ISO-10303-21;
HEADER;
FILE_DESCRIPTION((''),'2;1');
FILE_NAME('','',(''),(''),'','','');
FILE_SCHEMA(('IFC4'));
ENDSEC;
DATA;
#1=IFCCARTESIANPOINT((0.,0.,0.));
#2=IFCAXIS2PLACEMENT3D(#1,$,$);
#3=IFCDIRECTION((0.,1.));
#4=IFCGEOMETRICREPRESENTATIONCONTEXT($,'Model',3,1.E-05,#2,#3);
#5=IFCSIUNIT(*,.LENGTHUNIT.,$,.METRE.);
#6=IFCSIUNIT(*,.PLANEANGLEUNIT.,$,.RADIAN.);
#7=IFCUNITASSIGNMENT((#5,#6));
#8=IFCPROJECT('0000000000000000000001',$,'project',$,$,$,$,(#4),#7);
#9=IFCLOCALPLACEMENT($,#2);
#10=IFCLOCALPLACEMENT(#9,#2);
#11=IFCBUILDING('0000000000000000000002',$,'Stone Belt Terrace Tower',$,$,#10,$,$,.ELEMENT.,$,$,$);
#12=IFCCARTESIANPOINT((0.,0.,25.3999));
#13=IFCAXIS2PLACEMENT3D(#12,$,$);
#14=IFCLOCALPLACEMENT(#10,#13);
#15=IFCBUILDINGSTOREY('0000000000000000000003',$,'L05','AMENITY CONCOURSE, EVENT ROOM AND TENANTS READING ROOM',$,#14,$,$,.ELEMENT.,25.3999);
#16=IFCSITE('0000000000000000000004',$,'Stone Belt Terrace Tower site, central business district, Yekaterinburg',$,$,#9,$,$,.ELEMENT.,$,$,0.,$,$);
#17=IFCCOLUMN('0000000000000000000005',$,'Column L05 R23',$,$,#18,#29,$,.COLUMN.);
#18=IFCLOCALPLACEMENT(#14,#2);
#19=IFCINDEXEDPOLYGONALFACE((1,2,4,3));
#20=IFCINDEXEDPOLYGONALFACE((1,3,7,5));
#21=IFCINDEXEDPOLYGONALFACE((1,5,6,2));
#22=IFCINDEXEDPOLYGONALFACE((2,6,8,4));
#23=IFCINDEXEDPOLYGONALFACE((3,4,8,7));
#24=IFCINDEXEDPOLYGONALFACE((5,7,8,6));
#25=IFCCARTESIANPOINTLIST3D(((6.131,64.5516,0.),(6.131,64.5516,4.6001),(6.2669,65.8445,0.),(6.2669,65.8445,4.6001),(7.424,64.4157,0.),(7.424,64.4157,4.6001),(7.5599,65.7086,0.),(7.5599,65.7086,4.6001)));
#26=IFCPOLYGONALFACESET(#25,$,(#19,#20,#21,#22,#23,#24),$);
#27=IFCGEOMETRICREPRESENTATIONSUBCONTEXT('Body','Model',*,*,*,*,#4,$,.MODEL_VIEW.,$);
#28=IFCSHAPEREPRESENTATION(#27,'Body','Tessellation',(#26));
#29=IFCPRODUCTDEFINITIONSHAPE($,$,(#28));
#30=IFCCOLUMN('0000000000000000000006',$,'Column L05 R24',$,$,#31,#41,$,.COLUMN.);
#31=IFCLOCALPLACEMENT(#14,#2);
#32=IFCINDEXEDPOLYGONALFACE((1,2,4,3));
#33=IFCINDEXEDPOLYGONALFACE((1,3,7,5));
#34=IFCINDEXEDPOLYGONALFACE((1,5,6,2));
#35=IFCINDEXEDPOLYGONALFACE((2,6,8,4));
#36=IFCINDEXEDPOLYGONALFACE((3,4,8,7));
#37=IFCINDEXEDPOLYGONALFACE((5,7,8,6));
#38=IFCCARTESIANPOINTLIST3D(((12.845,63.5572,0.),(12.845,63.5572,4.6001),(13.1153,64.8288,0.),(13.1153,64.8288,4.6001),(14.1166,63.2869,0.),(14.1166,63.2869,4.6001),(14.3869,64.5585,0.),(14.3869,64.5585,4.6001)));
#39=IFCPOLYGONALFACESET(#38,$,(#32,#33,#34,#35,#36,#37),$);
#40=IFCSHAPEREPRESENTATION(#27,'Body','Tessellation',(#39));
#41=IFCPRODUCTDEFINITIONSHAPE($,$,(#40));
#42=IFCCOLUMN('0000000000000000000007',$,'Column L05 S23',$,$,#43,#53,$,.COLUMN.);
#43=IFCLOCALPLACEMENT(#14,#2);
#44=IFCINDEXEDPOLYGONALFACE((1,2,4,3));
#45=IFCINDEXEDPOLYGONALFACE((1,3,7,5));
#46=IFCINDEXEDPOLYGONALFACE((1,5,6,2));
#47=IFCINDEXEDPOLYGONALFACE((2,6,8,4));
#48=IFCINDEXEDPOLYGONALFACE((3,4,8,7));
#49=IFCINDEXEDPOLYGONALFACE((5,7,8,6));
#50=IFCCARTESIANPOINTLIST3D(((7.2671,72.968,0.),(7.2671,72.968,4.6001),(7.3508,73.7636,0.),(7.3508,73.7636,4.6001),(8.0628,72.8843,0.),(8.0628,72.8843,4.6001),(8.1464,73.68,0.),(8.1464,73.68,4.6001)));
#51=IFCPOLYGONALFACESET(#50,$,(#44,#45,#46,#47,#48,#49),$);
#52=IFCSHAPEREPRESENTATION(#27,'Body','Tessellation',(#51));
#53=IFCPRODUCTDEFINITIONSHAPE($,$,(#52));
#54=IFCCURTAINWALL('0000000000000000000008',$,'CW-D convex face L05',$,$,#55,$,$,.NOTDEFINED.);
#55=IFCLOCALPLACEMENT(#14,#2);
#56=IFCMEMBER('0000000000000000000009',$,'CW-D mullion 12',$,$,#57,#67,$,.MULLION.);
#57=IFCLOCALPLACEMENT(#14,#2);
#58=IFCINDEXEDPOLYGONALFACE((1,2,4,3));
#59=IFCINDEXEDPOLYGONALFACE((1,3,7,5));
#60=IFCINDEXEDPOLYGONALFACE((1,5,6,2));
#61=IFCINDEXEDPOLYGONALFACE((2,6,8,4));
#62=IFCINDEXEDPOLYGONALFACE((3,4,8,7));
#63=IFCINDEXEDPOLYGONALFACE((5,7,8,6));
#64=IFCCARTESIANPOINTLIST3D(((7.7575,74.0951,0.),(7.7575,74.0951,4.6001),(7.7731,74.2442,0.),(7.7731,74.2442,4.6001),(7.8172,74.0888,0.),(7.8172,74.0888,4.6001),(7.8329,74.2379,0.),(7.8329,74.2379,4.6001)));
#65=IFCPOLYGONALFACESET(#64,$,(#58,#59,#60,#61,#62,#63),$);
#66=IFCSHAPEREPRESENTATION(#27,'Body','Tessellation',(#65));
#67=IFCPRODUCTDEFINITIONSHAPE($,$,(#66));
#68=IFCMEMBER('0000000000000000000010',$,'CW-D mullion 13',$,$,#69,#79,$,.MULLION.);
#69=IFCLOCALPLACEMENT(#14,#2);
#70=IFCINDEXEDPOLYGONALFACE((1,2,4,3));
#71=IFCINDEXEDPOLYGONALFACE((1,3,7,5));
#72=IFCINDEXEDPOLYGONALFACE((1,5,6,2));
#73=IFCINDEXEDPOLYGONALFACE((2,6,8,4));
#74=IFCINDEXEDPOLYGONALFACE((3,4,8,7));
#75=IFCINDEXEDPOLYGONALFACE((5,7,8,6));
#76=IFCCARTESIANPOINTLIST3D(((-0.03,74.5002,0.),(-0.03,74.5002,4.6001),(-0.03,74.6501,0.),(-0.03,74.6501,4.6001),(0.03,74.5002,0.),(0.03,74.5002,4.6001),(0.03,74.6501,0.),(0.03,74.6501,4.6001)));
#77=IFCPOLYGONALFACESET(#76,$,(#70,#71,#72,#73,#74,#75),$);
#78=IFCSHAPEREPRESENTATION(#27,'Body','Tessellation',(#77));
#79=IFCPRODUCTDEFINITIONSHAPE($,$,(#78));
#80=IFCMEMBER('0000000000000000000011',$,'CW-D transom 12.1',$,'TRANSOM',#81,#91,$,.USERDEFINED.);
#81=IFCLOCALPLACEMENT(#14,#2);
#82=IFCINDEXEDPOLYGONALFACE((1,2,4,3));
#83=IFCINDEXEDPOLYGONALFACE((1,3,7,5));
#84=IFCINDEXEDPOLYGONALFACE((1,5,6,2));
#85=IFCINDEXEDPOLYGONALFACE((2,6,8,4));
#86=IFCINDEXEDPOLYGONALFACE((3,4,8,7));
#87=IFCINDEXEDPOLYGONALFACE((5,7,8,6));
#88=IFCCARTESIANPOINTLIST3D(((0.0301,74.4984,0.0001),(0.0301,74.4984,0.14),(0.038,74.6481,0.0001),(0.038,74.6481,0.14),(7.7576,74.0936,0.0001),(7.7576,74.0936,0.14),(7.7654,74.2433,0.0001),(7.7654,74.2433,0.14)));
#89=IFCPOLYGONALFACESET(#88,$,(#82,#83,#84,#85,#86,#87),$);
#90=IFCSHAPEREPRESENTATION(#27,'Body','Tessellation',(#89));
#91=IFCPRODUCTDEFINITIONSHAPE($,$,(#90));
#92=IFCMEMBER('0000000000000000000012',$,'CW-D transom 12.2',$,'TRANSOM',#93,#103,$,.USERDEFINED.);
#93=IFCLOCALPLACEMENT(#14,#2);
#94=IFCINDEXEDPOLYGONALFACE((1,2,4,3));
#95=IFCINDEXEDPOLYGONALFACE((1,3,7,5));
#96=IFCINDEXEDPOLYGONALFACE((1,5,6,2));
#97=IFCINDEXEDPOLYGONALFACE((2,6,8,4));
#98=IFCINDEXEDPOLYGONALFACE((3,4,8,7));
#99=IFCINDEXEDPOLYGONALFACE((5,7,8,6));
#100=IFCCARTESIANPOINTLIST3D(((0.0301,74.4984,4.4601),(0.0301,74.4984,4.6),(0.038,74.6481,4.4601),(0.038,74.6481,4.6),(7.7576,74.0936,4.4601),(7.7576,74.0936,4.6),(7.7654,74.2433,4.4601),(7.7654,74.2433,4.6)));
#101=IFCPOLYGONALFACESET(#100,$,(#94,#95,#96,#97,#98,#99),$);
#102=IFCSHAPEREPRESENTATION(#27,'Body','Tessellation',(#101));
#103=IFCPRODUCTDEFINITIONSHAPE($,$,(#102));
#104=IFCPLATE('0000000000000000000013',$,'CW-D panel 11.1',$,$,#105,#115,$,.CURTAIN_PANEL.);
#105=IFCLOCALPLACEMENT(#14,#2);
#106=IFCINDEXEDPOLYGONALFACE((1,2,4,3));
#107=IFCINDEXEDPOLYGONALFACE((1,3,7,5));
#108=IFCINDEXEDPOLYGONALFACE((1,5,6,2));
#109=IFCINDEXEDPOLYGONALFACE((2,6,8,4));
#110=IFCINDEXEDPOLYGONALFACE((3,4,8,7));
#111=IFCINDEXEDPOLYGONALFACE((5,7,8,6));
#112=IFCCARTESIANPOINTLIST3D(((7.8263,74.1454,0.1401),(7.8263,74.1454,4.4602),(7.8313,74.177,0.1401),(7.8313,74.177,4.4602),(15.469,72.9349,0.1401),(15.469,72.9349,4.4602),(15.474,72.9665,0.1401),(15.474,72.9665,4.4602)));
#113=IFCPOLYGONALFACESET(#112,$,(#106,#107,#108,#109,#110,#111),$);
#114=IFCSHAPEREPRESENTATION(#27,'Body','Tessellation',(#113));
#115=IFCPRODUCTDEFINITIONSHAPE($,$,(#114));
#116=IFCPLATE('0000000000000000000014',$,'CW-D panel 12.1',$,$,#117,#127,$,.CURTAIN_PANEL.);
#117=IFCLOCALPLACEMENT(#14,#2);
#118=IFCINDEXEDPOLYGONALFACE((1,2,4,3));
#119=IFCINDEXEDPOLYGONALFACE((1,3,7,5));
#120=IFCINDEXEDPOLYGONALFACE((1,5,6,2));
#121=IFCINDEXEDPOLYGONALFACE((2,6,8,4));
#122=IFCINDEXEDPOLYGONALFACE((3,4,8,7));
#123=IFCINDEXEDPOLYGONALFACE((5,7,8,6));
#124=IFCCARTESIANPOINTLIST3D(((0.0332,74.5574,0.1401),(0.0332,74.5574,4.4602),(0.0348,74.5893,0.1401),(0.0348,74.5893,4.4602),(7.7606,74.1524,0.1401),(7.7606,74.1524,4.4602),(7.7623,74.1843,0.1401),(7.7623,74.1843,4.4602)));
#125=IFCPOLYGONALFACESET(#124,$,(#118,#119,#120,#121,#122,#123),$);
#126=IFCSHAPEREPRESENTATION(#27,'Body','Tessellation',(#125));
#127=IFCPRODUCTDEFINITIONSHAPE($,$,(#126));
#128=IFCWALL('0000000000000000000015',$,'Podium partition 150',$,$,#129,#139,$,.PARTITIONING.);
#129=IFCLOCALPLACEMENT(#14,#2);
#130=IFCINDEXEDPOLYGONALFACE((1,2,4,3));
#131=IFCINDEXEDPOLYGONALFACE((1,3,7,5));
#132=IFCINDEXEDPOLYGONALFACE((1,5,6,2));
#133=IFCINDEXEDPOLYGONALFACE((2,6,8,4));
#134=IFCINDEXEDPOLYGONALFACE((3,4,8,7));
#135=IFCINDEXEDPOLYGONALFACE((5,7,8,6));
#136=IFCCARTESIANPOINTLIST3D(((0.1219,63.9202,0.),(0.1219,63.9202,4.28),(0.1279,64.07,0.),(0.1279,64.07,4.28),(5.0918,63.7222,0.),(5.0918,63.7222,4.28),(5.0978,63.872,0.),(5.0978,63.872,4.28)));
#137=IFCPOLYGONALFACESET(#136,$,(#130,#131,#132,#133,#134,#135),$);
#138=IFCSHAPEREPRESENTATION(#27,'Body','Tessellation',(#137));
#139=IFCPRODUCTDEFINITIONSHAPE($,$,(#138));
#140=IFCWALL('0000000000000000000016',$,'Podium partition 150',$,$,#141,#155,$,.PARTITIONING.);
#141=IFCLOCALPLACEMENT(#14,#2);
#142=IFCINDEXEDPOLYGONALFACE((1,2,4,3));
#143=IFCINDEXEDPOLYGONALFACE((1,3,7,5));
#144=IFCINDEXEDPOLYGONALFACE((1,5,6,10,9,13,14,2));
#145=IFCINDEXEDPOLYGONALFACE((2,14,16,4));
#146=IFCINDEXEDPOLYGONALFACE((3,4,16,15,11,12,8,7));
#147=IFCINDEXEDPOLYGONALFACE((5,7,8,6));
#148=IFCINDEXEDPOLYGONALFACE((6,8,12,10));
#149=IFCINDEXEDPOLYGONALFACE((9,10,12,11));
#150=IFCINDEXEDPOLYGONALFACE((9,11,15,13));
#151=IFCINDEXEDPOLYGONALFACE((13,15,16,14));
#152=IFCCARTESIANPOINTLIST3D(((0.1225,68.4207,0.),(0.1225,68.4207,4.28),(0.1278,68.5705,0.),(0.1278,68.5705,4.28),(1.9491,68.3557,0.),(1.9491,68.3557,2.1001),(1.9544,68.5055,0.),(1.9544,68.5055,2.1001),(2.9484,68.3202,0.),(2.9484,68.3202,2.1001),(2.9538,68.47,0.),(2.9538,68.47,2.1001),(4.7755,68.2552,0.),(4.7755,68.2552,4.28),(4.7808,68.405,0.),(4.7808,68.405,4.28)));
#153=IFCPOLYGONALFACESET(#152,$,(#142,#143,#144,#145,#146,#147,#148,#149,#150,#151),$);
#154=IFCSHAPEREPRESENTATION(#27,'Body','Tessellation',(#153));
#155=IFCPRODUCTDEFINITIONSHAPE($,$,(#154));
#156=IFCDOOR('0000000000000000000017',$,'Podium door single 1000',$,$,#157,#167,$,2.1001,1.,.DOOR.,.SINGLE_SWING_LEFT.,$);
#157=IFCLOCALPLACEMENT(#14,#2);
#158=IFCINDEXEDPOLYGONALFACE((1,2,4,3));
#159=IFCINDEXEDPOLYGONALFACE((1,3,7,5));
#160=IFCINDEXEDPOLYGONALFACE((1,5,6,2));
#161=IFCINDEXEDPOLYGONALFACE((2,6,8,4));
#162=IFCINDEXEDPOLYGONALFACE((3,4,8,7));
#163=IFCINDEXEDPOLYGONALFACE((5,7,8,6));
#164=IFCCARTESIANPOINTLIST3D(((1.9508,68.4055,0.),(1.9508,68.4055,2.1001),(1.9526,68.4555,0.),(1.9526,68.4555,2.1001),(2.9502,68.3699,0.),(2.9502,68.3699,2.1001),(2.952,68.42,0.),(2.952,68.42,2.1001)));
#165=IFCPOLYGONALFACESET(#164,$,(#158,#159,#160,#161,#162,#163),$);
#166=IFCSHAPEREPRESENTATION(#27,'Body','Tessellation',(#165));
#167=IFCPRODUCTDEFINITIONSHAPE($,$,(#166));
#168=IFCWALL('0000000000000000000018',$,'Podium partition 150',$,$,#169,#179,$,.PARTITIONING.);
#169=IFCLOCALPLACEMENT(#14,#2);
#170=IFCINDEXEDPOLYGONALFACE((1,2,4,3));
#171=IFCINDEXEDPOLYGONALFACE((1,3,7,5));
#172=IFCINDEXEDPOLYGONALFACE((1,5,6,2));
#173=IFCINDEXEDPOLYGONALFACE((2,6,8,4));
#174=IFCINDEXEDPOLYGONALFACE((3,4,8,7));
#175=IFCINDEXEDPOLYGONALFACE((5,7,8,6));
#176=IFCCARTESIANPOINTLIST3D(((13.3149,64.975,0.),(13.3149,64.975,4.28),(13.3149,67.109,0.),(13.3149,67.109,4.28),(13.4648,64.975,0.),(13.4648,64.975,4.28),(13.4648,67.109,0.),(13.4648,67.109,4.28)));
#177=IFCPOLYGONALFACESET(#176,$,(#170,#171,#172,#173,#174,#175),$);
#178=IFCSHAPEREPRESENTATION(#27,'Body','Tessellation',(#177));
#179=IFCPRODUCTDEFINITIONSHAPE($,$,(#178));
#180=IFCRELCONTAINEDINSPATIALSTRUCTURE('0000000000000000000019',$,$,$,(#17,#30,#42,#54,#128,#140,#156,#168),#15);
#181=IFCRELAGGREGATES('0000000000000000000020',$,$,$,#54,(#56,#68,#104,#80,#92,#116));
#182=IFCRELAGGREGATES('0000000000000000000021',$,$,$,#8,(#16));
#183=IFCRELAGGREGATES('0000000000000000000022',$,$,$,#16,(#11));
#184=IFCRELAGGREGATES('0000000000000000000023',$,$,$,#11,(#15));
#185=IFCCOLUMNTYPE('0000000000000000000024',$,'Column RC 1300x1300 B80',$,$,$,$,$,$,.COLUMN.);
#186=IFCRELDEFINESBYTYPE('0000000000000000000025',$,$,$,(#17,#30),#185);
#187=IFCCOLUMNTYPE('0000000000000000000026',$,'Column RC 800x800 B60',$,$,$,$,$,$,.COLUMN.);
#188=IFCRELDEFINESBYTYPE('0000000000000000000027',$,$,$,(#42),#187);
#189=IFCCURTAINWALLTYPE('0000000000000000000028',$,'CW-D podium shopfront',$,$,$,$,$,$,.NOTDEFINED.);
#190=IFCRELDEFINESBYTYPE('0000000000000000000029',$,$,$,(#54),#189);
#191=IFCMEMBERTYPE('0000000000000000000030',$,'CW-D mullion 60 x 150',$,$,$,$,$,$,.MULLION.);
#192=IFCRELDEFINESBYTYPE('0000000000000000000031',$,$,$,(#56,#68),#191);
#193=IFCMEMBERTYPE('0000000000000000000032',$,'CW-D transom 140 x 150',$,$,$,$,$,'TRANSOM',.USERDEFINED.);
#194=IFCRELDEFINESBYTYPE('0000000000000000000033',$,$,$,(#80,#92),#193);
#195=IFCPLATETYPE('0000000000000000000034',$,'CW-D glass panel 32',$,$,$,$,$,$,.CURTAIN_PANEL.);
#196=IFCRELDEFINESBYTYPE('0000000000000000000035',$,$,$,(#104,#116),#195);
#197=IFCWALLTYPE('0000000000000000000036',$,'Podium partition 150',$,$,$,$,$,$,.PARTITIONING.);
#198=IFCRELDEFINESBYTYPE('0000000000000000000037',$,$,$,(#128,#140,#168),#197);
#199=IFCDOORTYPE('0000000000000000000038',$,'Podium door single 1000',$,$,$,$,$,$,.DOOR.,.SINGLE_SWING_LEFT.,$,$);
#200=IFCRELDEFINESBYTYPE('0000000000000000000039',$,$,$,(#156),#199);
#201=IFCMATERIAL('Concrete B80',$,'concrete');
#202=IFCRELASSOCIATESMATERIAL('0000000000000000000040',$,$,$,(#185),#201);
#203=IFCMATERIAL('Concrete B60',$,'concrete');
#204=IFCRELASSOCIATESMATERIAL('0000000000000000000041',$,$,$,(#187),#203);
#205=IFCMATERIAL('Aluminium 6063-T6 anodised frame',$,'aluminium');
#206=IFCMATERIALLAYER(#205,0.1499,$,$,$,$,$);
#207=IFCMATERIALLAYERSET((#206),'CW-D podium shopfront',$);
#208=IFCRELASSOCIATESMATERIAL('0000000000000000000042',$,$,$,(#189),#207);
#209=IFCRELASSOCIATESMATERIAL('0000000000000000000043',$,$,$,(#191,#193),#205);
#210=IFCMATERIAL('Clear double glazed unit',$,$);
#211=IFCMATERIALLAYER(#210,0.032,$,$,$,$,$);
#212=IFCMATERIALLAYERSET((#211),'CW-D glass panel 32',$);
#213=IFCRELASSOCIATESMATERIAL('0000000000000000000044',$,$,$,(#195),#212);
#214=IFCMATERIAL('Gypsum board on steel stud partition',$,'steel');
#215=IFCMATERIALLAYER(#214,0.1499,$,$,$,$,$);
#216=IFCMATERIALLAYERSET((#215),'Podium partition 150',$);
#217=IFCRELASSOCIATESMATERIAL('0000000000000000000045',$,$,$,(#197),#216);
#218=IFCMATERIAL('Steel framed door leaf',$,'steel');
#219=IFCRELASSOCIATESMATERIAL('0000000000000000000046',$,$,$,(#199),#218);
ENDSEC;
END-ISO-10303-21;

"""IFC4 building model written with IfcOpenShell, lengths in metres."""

from ifc_helpers import new_model, si_unit, direction, frame, frame_2d, origin, origin_2d, place, context, subcontext, project, spatial, rectangle, extrude, material, layer, layer_set, material_profile, profile_set, type_object, element, fill, aggregate, save


model = new_model("IFC4")

# Units and contexts
model_context = context("Model", 3, precision=1e-05, world=origin(), true_north=direction((0.0, 1.0)))
body_context = subcontext(model_context, "Body", "Model", "MODEL_VIEW")
ifc_project = project(units=[si_unit("LENGTHUNIT", "METRE"), si_unit("PLANEANGLEUNIT", "RADIAN")], contexts=[model_context])

# Site, building, storey
site_placement = place(None, origin())
site = spatial("IfcSite", under=ifc_project, at=site_placement, Name="Stone Belt Terrace Tower site, central business district, Yekaterinburg", CompositionType="ELEMENT", RefElevation=0.0)
building_placement = place(site_placement, origin())
building = spatial("IfcBuilding", under=site, at=building_placement, Name="Stone Belt Terrace Tower", CompositionType="ELEMENT")
storey_placement = place(building_placement, frame((0.0, 0.0, 25.3999)))
storey = spatial("IfcBuildingStorey", under=building, at=storey_placement, Name="L05", Description="AMENITY CONCOURSE, EVENT ROOM AND TENANTS READING ROOM", CompositionType="ELEMENT", Elevation=25.3999)

# Columns
ifc_material_1 = material(Name="Concrete B80", Category="concrete")
ifc_material_profile_1 = material_profile(ifc_material_1, rectangle(XDim=1.3, YDim=1.3, at=origin_2d()), Name="RC 1300x1300")
ifc_profile_set_1 = profile_set([ifc_material_profile_1], Name="Concrete B80")
column_type_1 = type_object("IfcColumnType", Name="Column RC 1300x1300 B80", PredefinedType="COLUMN", material=ifc_profile_set_1)
for number, where, z_axis, x_axis, name in (
    (1, (6.8455, 65.1301, 0.0), (0.0, 0.0, 1.0), (0.994522, -0.104528, 0.0), "Column L05 R23"),
    (2, (13.616, 64.0579, 0.0), (0.0, 0.0, 1.0), (0.978148, -0.207912, 0.0), "Column L05 R24"),
):
    element("IfcColumn", number, at=place(storey_placement, frame(where, z_axis=z_axis, x_axis=x_axis)), inside=storey, type_object=column_type_1, Name=name, PredefinedType="COLUMN", context=body_context, shape_type="SweptSolid", body=[
        extrude(rectangle(XDim=1.3, YDim=1.3, at=origin_2d()), origin(), (0.0, 0.0, 1.0), 4.6001),
    ])
ifc_material_2 = material(Name="Concrete B60", Category="concrete")
ifc_material_profile_2 = material_profile(ifc_material_2, rectangle(XDim=0.8, YDim=0.8, at=origin_2d()), Name="RC 800x800")
ifc_profile_set_2 = profile_set([ifc_material_profile_2], Name="Concrete B60")
column_type_2 = type_object("IfcColumnType", Name="Column RC 800x800 B60", PredefinedType="COLUMN", material=ifc_profile_set_2)
column_placement = place(storey_placement, frame((7.7068, 73.324, 0.0), z_axis=(0.0, 0.0, 1.0), x_axis=(0.994522, -0.104528, 0.0)))
element("IfcColumn", 3, at=column_placement, inside=storey, type_object=column_type_2, Name="Column L05 S23", PredefinedType="COLUMN", context=body_context, shape_type="SweptSolid", body=[
    extrude(rectangle(XDim=0.8, YDim=0.8, at=origin_2d()), origin(), (0.0, 0.0, 1.0), 4.6001),
])

# Curtain wall, members, plates
ifc_material_3 = material(Name="Aluminium 6063-T6 anodised frame", Category="aluminium")
ifc_layer_1 = layer(ifc_material_3, 0.1499)
ifc_layer_set_1 = layer_set([ifc_layer_1], Name="CW-D podium shopfront")
curtain_wall_type = type_object("IfcCurtainWallType", Name="CW-D podium shopfront", PredefinedType="NOTDEFINED", material=ifc_layer_set_1)
curtain_wall_placement = place(storey_placement, origin())
curtain_wall = element("IfcCurtainWall", 4, at=curtain_wall_placement, inside=storey, type_object=curtain_wall_type, Name="CW-D convex face L05", PredefinedType="NOTDEFINED")
ifc_material_profile_3 = material_profile(ifc_material_3, rectangle(XDim=0.1499, YDim=0.0601, at=origin_2d()), Name="Aluminium 6063-T6 60x150")
ifc_profile_set_3 = profile_set([ifc_material_profile_3], Name="Aluminium 6063-T6 anodised frame")
member_type_1 = type_object("IfcMemberType", Name="CW-D mullion 60 x 150", PredefinedType="MULLION", material=ifc_profile_set_3)
member_1_placement = place(storey_placement, frame((7.7952, 74.1665, 0.0), z_axis=(0.0, 0.0, 1.0), x_axis=(-0.104528, -0.994522, 0.0)))
member_1 = element("IfcMember", 5, at=member_1_placement, type_object=member_type_1, Name="CW-D mullion 12", PredefinedType="MULLION", context=body_context, shape_type="SweptSolid", body=[
    extrude(rectangle(XDim=0.1499, YDim=0.0601, at=origin_2d()), origin(), (0.0, 0.0, 1.0), 4.6001),
])
member_2_placement = place(storey_placement, frame((0.0, 74.5752, 0.0), z_axis=(0.0, 0.0, 1.0), x_axis=(0.0, -1.0, 0.0)))
member_2 = element("IfcMember", 6, at=member_2_placement, type_object=member_type_1, Name="CW-D mullion 13", PredefinedType="MULLION", context=body_context, shape_type="SweptSolid", body=[
    extrude(rectangle(XDim=0.1499, YDim=0.0601, at=origin_2d()), origin(), (0.0, 0.0, 1.0), 4.6001),
])
ifc_material_profile_4 = material_profile(ifc_material_3, rectangle(XDim=0.1499, YDim=0.1399, at=origin_2d()), Name="Aluminium 6063-T6 150x140")
ifc_profile_set_4 = profile_set([ifc_material_profile_4], Name="Aluminium 6063-T6 anodised frame")
member_type_2 = type_object("IfcMemberType", Name="CW-D transom 140 x 150", ElementType="TRANSOM", PredefinedType="USERDEFINED", material=ifc_profile_set_4)
member_3_placement = place(storey_placement, frame((7.7615, 74.1685, 0.0701), z_axis=(-0.998631, 0.05231, 0.0), x_axis=(-0.05231, -0.998631, 0.0)))
member_3 = element("IfcMember", 7, at=member_3_placement, type_object=member_type_2, Name="CW-D transom 12.1", ObjectType="TRANSOM", PredefinedType="USERDEFINED", context=body_context, shape_type="SweptSolid", body=[
    extrude(rectangle(XDim=0.1499, YDim=0.1399, at=origin_2d()), origin(), (0.0, 0.0, 1.0), 7.738),
])
member_4_placement = place(storey_placement, frame((7.7615, 74.1685, 4.53), z_axis=(-0.998631, 0.05231, 0.0), x_axis=(-0.05231, -0.998631, 0.0)))
member_4 = element("IfcMember", 8, at=member_4_placement, type_object=member_type_2, Name="CW-D transom 12.2", ObjectType="TRANSOM", PredefinedType="USERDEFINED", context=body_context, shape_type="SweptSolid", body=[
    extrude(rectangle(XDim=0.1499, YDim=0.1399, at=origin_2d()), origin(), (0.0, 0.0, 1.0), 7.738),
])
ifc_material_4 = material(Name="Clear double glazed unit")
ifc_layer_2 = layer(ifc_material_4, 0.032)
ifc_layer_set_2 = layer_set([ifc_layer_2], Name="CW-D glass panel 32")
plate_type = type_object("IfcPlateType", Name="CW-D glass panel 32", PredefinedType="CURTAIN_PANEL", material=ifc_layer_set_2)
plate_1_placement = place(storey_placement, frame((11.6501, 73.5559, 0.1401), z_axis=(0.0, 0.0, 1.0), x_axis=(-0.987688, 0.156434, 0.0)))
plate_1 = element("IfcPlate", 9, at=plate_1_placement, type_object=plate_type, Name="CW-D panel 11.1", PredefinedType="CURTAIN_PANEL", context=body_context, shape_type="SweptSolid", body=[
    extrude(rectangle(XDim=7.738, YDim=0.032, at=origin_2d()), origin(), (0.0, 0.0, 1.0), 4.3201),
])
plate_2_placement = place(storey_placement, frame((3.8977, 74.3708, 0.1401), z_axis=(0.0, 0.0, 1.0), x_axis=(-0.99863, 0.052336, 0.0)))
plate_2 = element("IfcPlate", 10, at=plate_2_placement, type_object=plate_type, Name="CW-D panel 12.1", PredefinedType="CURTAIN_PANEL", context=body_context, shape_type="SweptSolid", body=[
    extrude(rectangle(XDim=7.738, YDim=0.032, at=origin_2d()), origin(), (0.0, 0.0, 1.0), 4.3201),
])
aggregate(curtain_wall, [member_1, member_2, plate_1, member_3, member_4, plate_2])

# Wall
ifc_material_5 = material(Name="Gypsum board on steel stud partition", Category="steel")
ifc_layer_3 = layer(ifc_material_5, 0.1499)
ifc_layer_set_3 = layer_set([ifc_layer_3], Name="Podium partition 150")
wall_type_1 = type_object("IfcWallType", Name="Podium partition 150", PredefinedType="PARTITIONING", material=ifc_layer_set_3)
wall_1_placement = place(storey_placement, frame((0.125, 63.9951, 0.0), z_axis=(0.0, 0.0, 1.0), x_axis=(0.999207, -0.039807, 0.0)))
element("IfcWall", 11, at=wall_1_placement, inside=storey, type_object=wall_type_1, Name="Podium partition 150", PredefinedType="PARTITIONING", context=body_context, shape_type="SweptSolid", body=[
    extrude(rectangle(XDim=4.9739, YDim=0.1499, at=frame_2d((2.4868, 0.0))), origin(), (0.0, 0.0, 1.0), 4.28),
])

# Wall, opening, door
wall_2_placement = place(storey_placement, frame((0.125, 68.4956, 0.0), z_axis=(0.0, 0.0, 1.0), x_axis=(0.999368, -0.035551, 0.0)))
wall_2 = element("IfcWall", 12, at=wall_2_placement, inside=storey, type_object=wall_type_1, Name="Podium partition 150", PredefinedType="PARTITIONING", context=body_context, shape_type="SweptSolid", body=[
    extrude(rectangle(XDim=4.656, YDim=0.1499, at=frame_2d((2.3281, 0.0))), origin(), (0.0, 0.0, 1.0), 4.28),
])
opening_1_placement = place(wall_2_placement, frame((1.8279, 0.0, 0.0)))
opening_1 = element("IfcOpeningElement", 13, at=opening_1_placement, cuts=wall_2, PredefinedType="OPENING", context=body_context, shape_type="SweptSolid", body=[
    extrude(rectangle(XDim=1.0, YDim=2.1001, at=frame_2d((0.5, 1.05))), frame((0.0, 0.085, 0.0), z_axis=(0.0, -1.0, 0.0), x_axis=(1.0, 0.0, 0.0)), (0.0, 0.0, 1.0), 0.1699),
])
ifc_material_6 = material(Name="Steel framed door leaf", Category="steel")
door_type_1 = type_object("IfcDoorType", Name="Podium door single 1000", OperationType="SINGLE_SWING_LEFT", PredefinedType="DOOR", material=ifc_material_6)
door_1_placement = place(opening_1_placement, origin())
door_1 = element("IfcDoor", 14, at=door_1_placement, inside=storey, type_object=door_type_1, Name="Podium door single 1000", OperationType="SINGLE_SWING_LEFT", OverallHeight=2.1001, OverallWidth=1.0, PredefinedType="DOOR", context=body_context, shape_type="SweptSolid", body=[
    extrude(rectangle(XDim=1.0, YDim=2.1001, at=frame_2d((0.5, 1.05))), frame((0.0, 0.0249, 0.0), z_axis=(0.0, -1.0, 0.0), x_axis=(1.0, 0.0, 0.0)), (0.0, 0.0, 1.0), 0.05),
])
fill(opening_1, door_1)

# Wall
wall_3_placement = place(storey_placement, frame((13.3899, 64.9751, 0.0), z_axis=(0.0, 0.0, 1.0), x_axis=(0.0, 1.0, 0.0)))
element("IfcWall", 15, at=wall_3_placement, inside=storey, type_object=wall_type_1, Name="Podium partition 150", PredefinedType="PARTITIONING", context=body_context, shape_type="SweptSolid", body=[
    extrude(rectangle(XDim=2.134, YDim=0.1499, at=frame_2d((1.0669, 0.0))), origin(), (0.0, 0.0, 1.0), 4.28),
])

save(model, "model.ifc")
